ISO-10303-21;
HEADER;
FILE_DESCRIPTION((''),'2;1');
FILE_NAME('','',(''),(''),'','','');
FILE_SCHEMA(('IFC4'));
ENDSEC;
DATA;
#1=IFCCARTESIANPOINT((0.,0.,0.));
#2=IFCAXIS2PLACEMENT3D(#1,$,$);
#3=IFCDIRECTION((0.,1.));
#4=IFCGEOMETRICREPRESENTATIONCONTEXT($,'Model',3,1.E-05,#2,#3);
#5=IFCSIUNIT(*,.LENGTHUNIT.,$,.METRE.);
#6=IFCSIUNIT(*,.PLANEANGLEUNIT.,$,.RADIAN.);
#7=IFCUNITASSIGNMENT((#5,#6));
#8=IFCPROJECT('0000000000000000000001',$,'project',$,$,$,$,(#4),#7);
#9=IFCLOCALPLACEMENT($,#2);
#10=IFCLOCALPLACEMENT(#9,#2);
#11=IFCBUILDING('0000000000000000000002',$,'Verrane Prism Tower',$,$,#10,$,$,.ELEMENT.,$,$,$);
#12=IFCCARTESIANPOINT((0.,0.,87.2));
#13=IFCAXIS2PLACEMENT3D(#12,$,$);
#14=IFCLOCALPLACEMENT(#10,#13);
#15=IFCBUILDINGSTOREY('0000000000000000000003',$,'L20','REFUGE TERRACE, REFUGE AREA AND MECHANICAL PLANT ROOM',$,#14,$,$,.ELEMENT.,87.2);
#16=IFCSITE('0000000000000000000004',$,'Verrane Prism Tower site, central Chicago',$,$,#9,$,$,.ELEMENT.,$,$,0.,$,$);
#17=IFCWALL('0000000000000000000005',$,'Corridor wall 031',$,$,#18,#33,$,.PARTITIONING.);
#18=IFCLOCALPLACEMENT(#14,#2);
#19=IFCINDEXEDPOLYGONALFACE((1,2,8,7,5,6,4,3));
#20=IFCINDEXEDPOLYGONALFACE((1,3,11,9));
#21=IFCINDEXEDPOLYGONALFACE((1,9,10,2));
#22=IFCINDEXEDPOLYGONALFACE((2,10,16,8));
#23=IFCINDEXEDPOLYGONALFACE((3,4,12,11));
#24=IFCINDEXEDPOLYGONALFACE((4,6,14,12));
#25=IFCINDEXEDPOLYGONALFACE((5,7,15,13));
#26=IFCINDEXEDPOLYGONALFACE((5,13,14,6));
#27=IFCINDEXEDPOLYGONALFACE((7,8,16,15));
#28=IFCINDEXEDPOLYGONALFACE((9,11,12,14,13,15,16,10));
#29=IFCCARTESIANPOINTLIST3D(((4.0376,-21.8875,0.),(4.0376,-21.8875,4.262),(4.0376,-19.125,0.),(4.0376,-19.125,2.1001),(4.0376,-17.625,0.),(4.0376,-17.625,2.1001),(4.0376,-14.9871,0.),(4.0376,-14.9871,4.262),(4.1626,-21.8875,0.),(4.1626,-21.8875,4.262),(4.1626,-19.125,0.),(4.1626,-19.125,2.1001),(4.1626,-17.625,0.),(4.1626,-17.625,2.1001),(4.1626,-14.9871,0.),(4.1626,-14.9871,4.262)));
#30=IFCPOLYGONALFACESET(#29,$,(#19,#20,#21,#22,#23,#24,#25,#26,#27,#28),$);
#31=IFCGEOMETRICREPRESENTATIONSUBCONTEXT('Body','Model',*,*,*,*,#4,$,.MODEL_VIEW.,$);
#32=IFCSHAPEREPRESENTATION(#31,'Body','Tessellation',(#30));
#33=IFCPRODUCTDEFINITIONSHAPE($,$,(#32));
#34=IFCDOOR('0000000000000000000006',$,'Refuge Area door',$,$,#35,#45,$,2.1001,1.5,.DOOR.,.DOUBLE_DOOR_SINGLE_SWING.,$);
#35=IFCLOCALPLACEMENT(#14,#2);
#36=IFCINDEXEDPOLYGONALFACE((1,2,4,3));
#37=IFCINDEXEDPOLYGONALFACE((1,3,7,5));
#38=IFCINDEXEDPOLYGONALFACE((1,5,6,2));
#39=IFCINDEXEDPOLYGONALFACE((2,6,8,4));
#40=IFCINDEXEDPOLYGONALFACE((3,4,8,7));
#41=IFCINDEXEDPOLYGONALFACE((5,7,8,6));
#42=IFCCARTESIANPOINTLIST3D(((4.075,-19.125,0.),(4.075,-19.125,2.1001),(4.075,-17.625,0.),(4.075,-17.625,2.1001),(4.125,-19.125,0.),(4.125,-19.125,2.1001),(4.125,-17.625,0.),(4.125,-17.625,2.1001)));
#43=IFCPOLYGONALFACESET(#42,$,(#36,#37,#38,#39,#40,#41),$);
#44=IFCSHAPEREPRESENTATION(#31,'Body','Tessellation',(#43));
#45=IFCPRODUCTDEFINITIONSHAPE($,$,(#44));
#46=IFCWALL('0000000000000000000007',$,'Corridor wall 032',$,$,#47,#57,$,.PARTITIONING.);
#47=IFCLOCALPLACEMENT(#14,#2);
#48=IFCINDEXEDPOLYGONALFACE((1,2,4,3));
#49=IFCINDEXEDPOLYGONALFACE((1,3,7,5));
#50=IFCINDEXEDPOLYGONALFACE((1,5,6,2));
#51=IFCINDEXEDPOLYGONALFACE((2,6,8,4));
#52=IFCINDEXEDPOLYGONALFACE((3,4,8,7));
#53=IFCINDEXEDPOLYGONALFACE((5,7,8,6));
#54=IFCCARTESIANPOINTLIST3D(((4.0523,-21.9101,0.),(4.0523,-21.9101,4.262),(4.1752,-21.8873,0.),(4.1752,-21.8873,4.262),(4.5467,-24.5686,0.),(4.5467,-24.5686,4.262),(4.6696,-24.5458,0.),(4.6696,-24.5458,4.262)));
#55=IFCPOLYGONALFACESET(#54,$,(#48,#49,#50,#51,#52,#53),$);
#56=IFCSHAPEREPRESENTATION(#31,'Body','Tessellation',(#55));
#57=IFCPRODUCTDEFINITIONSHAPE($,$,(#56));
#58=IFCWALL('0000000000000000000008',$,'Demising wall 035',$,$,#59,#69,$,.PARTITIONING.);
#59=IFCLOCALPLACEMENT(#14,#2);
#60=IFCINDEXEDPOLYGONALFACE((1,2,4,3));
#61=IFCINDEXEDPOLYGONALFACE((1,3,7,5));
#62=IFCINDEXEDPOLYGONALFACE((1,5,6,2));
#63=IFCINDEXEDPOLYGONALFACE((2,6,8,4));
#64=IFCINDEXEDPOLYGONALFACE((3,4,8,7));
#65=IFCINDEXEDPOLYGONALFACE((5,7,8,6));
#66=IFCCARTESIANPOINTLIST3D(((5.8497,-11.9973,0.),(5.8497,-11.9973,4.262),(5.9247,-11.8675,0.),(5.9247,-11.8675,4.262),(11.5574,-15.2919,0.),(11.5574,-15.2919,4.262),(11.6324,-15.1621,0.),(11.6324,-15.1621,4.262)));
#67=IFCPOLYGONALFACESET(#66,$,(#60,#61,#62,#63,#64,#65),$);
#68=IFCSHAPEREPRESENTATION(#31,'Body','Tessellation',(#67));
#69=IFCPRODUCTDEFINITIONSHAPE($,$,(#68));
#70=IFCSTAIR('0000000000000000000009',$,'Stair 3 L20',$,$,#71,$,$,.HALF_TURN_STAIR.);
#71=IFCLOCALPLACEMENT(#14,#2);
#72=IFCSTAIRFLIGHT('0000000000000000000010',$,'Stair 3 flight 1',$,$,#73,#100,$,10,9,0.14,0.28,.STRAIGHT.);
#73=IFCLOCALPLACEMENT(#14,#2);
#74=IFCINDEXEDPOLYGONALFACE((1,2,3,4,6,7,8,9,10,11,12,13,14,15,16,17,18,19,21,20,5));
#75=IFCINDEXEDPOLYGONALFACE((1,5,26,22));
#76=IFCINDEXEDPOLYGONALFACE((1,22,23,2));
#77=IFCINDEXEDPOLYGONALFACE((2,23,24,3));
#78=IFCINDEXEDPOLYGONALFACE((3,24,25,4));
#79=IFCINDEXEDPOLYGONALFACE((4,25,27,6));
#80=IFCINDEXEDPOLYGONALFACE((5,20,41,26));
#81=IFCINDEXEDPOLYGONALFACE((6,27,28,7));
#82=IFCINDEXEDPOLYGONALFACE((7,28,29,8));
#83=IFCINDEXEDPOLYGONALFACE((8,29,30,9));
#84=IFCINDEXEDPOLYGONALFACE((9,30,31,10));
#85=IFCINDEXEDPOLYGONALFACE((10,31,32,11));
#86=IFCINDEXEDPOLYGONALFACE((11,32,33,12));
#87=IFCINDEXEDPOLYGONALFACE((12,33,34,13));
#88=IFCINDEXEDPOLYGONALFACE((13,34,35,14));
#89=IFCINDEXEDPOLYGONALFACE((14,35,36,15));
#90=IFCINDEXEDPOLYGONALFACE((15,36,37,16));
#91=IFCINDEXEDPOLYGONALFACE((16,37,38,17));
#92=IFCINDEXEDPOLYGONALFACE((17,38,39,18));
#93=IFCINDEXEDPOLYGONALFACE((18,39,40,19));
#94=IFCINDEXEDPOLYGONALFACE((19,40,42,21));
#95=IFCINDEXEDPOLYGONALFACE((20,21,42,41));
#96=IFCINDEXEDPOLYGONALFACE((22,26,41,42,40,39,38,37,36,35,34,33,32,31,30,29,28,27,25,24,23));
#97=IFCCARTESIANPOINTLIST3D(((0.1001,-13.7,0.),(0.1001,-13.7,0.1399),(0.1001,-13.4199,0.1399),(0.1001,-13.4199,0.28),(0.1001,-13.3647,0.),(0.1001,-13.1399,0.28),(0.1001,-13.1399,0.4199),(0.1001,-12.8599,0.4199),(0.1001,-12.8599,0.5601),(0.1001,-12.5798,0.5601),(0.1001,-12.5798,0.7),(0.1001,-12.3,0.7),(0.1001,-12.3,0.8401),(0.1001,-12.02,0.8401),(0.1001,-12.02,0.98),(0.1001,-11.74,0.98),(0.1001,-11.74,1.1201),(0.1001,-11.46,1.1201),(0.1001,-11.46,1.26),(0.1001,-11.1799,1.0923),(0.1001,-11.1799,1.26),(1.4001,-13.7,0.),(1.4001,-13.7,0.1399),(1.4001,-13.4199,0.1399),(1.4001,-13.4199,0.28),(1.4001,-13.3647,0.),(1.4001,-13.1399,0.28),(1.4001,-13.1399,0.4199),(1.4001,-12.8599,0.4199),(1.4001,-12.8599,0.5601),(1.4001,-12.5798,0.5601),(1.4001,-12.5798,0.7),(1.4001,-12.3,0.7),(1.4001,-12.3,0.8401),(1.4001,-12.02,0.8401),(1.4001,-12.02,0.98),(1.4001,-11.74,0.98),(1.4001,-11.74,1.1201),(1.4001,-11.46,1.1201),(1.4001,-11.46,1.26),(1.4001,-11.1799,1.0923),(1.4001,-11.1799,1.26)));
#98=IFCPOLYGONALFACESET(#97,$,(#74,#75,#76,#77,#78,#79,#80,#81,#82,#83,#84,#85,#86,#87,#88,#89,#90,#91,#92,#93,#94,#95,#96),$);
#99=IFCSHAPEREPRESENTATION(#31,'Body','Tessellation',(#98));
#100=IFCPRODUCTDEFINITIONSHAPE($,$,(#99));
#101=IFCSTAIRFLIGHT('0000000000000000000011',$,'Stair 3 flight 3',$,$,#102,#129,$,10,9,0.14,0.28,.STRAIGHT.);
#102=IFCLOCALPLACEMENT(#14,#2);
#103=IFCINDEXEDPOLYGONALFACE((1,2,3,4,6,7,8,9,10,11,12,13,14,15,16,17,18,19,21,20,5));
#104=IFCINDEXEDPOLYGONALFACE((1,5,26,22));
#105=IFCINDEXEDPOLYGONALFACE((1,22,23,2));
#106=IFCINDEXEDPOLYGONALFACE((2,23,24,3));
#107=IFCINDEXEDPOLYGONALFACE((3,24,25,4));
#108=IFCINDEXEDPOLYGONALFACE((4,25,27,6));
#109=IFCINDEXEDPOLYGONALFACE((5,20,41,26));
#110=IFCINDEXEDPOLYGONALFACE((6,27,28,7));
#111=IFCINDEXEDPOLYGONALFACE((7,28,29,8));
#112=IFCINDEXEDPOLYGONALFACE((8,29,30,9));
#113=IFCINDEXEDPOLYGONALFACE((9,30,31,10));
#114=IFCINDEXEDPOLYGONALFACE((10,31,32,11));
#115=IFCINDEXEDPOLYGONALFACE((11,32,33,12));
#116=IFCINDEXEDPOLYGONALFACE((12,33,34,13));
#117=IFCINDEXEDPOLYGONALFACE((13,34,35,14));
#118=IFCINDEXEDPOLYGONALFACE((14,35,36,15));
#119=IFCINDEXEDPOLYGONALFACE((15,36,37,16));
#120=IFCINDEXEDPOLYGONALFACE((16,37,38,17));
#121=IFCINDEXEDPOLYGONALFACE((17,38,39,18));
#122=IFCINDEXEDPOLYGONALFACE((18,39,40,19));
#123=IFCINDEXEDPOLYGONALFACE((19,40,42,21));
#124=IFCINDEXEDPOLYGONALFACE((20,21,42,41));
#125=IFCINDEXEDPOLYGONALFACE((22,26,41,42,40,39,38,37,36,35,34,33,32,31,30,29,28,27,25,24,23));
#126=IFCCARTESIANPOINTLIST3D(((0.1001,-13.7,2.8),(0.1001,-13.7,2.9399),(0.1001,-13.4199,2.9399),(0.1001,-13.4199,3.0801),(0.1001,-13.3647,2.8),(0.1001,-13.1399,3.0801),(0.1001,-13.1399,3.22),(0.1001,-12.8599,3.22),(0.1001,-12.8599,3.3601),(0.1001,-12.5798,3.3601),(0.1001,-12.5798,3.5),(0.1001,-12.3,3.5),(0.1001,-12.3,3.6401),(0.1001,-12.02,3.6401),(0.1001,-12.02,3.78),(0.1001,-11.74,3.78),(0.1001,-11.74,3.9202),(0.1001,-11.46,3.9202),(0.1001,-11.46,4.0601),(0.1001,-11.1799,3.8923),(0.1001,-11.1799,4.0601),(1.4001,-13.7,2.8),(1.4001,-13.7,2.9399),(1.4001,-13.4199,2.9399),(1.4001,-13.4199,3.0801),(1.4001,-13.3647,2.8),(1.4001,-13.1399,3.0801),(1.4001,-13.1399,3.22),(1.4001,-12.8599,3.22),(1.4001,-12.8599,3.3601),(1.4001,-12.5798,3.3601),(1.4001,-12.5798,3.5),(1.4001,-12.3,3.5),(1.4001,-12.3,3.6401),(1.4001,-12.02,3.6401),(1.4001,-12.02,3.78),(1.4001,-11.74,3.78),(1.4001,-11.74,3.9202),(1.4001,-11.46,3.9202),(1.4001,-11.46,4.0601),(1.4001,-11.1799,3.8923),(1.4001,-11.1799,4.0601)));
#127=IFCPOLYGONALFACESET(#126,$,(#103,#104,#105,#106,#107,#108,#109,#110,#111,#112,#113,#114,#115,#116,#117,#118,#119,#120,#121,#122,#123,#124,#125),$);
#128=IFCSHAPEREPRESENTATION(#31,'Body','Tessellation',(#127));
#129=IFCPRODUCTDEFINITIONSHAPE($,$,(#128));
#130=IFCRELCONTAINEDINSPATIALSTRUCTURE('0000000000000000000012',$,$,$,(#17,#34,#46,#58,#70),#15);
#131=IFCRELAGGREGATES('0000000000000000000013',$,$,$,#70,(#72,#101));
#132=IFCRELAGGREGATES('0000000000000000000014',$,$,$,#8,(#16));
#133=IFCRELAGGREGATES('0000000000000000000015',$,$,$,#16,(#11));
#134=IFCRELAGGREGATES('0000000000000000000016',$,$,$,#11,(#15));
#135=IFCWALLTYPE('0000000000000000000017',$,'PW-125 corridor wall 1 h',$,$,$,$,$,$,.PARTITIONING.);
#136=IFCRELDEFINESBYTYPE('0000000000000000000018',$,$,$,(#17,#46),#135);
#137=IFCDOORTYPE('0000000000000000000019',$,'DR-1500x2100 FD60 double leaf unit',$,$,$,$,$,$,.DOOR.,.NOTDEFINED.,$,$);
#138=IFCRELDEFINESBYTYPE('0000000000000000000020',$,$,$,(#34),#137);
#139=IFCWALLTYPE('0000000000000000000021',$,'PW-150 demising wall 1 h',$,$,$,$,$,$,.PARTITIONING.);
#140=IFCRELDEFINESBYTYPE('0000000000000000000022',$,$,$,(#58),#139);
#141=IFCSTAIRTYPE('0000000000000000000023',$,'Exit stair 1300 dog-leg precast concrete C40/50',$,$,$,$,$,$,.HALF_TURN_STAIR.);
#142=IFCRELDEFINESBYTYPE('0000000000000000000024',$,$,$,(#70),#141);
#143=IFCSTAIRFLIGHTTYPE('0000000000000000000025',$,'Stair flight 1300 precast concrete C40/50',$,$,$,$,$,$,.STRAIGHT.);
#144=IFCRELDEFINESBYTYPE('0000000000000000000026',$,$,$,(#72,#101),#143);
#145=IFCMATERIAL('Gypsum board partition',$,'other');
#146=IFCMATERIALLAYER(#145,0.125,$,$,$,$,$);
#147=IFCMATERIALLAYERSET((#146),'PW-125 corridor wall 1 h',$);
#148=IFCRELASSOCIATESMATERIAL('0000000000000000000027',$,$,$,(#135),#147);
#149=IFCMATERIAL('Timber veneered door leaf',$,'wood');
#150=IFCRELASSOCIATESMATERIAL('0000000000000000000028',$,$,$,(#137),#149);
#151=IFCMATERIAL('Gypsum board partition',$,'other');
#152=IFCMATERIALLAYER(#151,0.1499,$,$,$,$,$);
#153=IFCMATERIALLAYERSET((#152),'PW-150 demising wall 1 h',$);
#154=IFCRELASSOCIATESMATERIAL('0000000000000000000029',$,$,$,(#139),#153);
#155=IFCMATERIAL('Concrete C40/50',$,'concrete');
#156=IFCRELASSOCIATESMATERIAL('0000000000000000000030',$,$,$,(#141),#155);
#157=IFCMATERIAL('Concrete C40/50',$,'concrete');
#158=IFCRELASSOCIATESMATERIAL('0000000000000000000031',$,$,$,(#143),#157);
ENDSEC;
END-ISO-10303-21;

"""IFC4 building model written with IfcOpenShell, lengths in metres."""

from ifc_helpers import new_model, si_unit, direction, frame, frame_2d, origin, place, context, subcontext, project, spatial, polyline, rectangle, outline, extrude, material, layer, layer_set, type_object, element, fill, aggregate, save


model = new_model("IFC4")

# Units and contexts
model_context = context("Model", 3, precision=1e-05, world=origin(), true_north=direction((0.0, 1.0)))
body_context = subcontext(model_context, "Body", "Model", "MODEL_VIEW")
ifc_project = project(units=[si_unit("LENGTHUNIT", "METRE"), si_unit("PLANEANGLEUNIT", "RADIAN")], contexts=[model_context])

# Site, building, storey
site_placement = place(None, origin())
site = spatial("IfcSite", under=ifc_project, at=site_placement, Name="Verrane Prism Tower site, central Chicago", CompositionType="ELEMENT", RefElevation=0.0)
building_placement = place(site_placement, origin())
building = spatial("IfcBuilding", under=site, at=building_placement, Name="Verrane Prism Tower", CompositionType="ELEMENT")
storey_placement = place(building_placement, frame((0.0, 0.0, 87.2)))
storey = spatial("IfcBuildingStorey", under=building, at=storey_placement, Name="L20", Description="REFUGE TERRACE, REFUGE AREA AND MECHANICAL PLANT ROOM", CompositionType="ELEMENT", Elevation=87.2)

# Wall, opening, door
ifc_material_1 = material(Name="Gypsum board partition", Category="other")
ifc_layer_1 = layer(ifc_material_1, 0.125)
ifc_layer_set_1 = layer_set([ifc_layer_1], Name="PW-125 corridor wall 1 h")
wall_type_1 = type_object("IfcWallType", Name="PW-125 corridor wall 1 h", PredefinedType="PARTITIONING", material=ifc_layer_set_1)
wall_1_placement = place(storey_placement, frame((4.1001, -14.9871, 0.0), z_axis=(0.0, 0.0, 1.0), x_axis=(0.0, -1.0, 0.0)))
wall_1 = element("IfcWall", 1, at=wall_1_placement, inside=storey, type_object=wall_type_1, Name="Corridor wall 031", PredefinedType="PARTITIONING", context=body_context, shape_type="SweptSolid", body=[
    extrude(rectangle(XDim=6.9004, YDim=0.125, at=frame_2d((3.4502, 0.0))), origin(), (0.0, 0.0, 1.0), 4.262),
])
opening_1_placement = place(wall_1_placement, frame((2.6379, 0.0, 0.0)))
opening_1 = element("IfcOpeningElement", 2, at=opening_1_placement, cuts=wall_1, PredefinedType="OPENING", context=body_context, shape_type="SweptSolid", body=[
    extrude(rectangle(XDim=1.5, YDim=2.1001, at=frame_2d((0.75, 1.05))), frame((0.0, 0.0725, 0.0), z_axis=(0.0, -1.0, 0.0), x_axis=(1.0, 0.0, 0.0)), (0.0, 0.0, 1.0), 0.145),
])
ifc_material_2 = material(Name="Timber veneered door leaf", Category="wood")
door_type_1 = type_object("IfcDoorType", Name="DR-1500x2100 FD60 double leaf unit", OperationType="NOTDEFINED", PredefinedType="DOOR", material=ifc_material_2)
door_1_placement = place(opening_1_placement, origin())
door_1 = element("IfcDoor", 3, at=door_1_placement, inside=storey, type_object=door_type_1, Name="Refuge Area door", OperationType="DOUBLE_DOOR_SINGLE_SWING", OverallHeight=2.1001, OverallWidth=1.5, PredefinedType="DOOR", context=body_context, shape_type="SweptSolid", body=[
    extrude(rectangle(XDim=1.5, YDim=2.1001, at=frame_2d((0.75, 1.05))), frame((0.0, 0.0249, 0.0), z_axis=(0.0, -1.0, 0.0), x_axis=(1.0, 0.0, 0.0)), (0.0, 0.0, 1.0), 0.05),
])
fill(opening_1, door_1)

# Walls
wall_2_placement = place(storey_placement, frame((4.1138, -21.8987, 0.0), z_axis=(0.0, 0.0, 1.0), x_axis=(0.182833, -0.983144, 0.0)))
element("IfcWall", 4, at=wall_2_placement, inside=storey, type_object=wall_type_1, Name="Corridor wall 032", PredefinedType="PARTITIONING", context=body_context, shape_type="SweptSolid", body=[
    extrude(rectangle(XDim=2.7041, YDim=0.125, at=frame_2d((1.3521, 0.0))), origin(), (0.0, 0.0, 1.0), 4.262),
])
ifc_material_3 = material(Name="Gypsum board partition", Category="other")
ifc_layer_2 = layer(ifc_material_3, 0.1499)
ifc_layer_set_2 = layer_set([ifc_layer_2], Name="PW-150 demising wall 1 h")
wall_type_2 = type_object("IfcWallType", Name="PW-150 demising wall 1 h", PredefinedType="PARTITIONING", material=ifc_layer_set_2)
wall_3_placement = place(storey_placement, frame((5.8872, -11.9324, 0.0), z_axis=(0.0, 0.0, 1.0), x_axis=(0.866071, -0.49992, 0.0)))
element("IfcWall", 5, at=wall_3_placement, inside=storey, type_object=wall_type_2, Name="Demising wall 035", PredefinedType="PARTITIONING", context=body_context, shape_type="SweptSolid", body=[
    extrude(rectangle(XDim=6.5903, YDim=0.1499, at=frame_2d((3.2952, 0.0))), origin(), (0.0, 0.0, 1.0), 4.262),
])

# Stair, stair flights
ifc_material_4 = material(Name="Concrete C40/50", Category="concrete")
stair_type = type_object("IfcStairType", Name="Exit stair 1300 dog-leg precast concrete C40/50", PredefinedType="HALF_TURN_STAIR", material=ifc_material_4)
stair_placement = place(storey_placement, origin())
stair = element("IfcStair", 6, at=stair_placement, inside=storey, type_object=stair_type, Name="Stair 3 L20", PredefinedType="HALF_TURN_STAIR")
ifc_material_5 = material(Name="Concrete C40/50", Category="concrete")
stair_flight_type = type_object("IfcStairFlightType", Name="Stair flight 1300 precast concrete C40/50", PredefinedType="STRAIGHT", material=ifc_material_5)
stair_flight_1_placement = place(storey_placement, frame((0.75, -13.7, 0.0), z_axis=(0.0, 0.0, 1.0), x_axis=(0.0, 1.0, 0.0)))
stair_flight_1 = element("IfcStairFlight", 7, at=stair_flight_1_placement, type_object=stair_flight_type, Name="Stair 3 flight 1", NumberOfRisers=10, NumberOfTreads=9, PredefinedType="STRAIGHT", RiserHeight=0.14, TreadLength=0.28, context=body_context, shape_type="SweptSolid", body=[
    extrude(outline(polyline([(0.0, 0.0), (0.0, 0.1399), (0.28, 0.1399), (0.28, 0.28), (0.5601, 0.28), (0.5601, 0.4199), (0.8401, 0.4199), (0.8401, 0.5601), (1.1201, 0.5601), (1.1201, 0.7), (1.3999, 0.7), (1.3999, 0.8401), (1.6799, 0.8401), (1.6799, 0.98), (1.96, 0.98), (1.96, 1.1201), (2.24, 1.1201), (2.24, 1.26), (2.52, 1.26), (2.52, 1.3999), (2.52, 1.0923), (0.3352, 0.0), (0.0, 0.0)])), frame((0.0, 0.6499, 0.0), z_axis=(0.0, -1.0, 0.0), x_axis=(1.0, 0.0, 0.0)), (0.0, 0.0, 1.0), 1.3),
])
stair_flight_2_placement = place(storey_placement, frame((0.75, -13.7, 2.8), z_axis=(0.0, 0.0, 1.0), x_axis=(0.0, 1.0, 0.0)))
stair_flight_2 = element("IfcStairFlight", 8, at=stair_flight_2_placement, type_object=stair_flight_type, Name="Stair 3 flight 3", NumberOfRisers=10, NumberOfTreads=9, PredefinedType="STRAIGHT", RiserHeight=0.14, TreadLength=0.28, context=body_context, shape_type="SweptSolid", body=[
    extrude(outline(polyline([(0.0, 0.0), (0.0, 0.1399), (0.28, 0.1399), (0.28, 0.28), (0.5601, 0.28), (0.5601, 0.4199), (0.8401, 0.4199), (0.8401, 0.5601), (1.1201, 0.5601), (1.1201, 0.7), (1.3999, 0.7), (1.3999, 0.8401), (1.6799, 0.8401), (1.6799, 0.98), (1.96, 0.98), (1.96, 1.1201), (2.24, 1.1201), (2.24, 1.26), (2.52, 1.26), (2.52, 1.3999), (2.52, 1.0923), (0.3352, 0.0), (0.0, 0.0)])), frame((0.0, 0.6499, 0.0), z_axis=(0.0, -1.0, 0.0), x_axis=(1.0, 0.0, 0.0)), (0.0, 0.0, 1.0), 1.3),
])
aggregate(stair, [stair_flight_1, stair_flight_2])

save(model, "model.ifc")
